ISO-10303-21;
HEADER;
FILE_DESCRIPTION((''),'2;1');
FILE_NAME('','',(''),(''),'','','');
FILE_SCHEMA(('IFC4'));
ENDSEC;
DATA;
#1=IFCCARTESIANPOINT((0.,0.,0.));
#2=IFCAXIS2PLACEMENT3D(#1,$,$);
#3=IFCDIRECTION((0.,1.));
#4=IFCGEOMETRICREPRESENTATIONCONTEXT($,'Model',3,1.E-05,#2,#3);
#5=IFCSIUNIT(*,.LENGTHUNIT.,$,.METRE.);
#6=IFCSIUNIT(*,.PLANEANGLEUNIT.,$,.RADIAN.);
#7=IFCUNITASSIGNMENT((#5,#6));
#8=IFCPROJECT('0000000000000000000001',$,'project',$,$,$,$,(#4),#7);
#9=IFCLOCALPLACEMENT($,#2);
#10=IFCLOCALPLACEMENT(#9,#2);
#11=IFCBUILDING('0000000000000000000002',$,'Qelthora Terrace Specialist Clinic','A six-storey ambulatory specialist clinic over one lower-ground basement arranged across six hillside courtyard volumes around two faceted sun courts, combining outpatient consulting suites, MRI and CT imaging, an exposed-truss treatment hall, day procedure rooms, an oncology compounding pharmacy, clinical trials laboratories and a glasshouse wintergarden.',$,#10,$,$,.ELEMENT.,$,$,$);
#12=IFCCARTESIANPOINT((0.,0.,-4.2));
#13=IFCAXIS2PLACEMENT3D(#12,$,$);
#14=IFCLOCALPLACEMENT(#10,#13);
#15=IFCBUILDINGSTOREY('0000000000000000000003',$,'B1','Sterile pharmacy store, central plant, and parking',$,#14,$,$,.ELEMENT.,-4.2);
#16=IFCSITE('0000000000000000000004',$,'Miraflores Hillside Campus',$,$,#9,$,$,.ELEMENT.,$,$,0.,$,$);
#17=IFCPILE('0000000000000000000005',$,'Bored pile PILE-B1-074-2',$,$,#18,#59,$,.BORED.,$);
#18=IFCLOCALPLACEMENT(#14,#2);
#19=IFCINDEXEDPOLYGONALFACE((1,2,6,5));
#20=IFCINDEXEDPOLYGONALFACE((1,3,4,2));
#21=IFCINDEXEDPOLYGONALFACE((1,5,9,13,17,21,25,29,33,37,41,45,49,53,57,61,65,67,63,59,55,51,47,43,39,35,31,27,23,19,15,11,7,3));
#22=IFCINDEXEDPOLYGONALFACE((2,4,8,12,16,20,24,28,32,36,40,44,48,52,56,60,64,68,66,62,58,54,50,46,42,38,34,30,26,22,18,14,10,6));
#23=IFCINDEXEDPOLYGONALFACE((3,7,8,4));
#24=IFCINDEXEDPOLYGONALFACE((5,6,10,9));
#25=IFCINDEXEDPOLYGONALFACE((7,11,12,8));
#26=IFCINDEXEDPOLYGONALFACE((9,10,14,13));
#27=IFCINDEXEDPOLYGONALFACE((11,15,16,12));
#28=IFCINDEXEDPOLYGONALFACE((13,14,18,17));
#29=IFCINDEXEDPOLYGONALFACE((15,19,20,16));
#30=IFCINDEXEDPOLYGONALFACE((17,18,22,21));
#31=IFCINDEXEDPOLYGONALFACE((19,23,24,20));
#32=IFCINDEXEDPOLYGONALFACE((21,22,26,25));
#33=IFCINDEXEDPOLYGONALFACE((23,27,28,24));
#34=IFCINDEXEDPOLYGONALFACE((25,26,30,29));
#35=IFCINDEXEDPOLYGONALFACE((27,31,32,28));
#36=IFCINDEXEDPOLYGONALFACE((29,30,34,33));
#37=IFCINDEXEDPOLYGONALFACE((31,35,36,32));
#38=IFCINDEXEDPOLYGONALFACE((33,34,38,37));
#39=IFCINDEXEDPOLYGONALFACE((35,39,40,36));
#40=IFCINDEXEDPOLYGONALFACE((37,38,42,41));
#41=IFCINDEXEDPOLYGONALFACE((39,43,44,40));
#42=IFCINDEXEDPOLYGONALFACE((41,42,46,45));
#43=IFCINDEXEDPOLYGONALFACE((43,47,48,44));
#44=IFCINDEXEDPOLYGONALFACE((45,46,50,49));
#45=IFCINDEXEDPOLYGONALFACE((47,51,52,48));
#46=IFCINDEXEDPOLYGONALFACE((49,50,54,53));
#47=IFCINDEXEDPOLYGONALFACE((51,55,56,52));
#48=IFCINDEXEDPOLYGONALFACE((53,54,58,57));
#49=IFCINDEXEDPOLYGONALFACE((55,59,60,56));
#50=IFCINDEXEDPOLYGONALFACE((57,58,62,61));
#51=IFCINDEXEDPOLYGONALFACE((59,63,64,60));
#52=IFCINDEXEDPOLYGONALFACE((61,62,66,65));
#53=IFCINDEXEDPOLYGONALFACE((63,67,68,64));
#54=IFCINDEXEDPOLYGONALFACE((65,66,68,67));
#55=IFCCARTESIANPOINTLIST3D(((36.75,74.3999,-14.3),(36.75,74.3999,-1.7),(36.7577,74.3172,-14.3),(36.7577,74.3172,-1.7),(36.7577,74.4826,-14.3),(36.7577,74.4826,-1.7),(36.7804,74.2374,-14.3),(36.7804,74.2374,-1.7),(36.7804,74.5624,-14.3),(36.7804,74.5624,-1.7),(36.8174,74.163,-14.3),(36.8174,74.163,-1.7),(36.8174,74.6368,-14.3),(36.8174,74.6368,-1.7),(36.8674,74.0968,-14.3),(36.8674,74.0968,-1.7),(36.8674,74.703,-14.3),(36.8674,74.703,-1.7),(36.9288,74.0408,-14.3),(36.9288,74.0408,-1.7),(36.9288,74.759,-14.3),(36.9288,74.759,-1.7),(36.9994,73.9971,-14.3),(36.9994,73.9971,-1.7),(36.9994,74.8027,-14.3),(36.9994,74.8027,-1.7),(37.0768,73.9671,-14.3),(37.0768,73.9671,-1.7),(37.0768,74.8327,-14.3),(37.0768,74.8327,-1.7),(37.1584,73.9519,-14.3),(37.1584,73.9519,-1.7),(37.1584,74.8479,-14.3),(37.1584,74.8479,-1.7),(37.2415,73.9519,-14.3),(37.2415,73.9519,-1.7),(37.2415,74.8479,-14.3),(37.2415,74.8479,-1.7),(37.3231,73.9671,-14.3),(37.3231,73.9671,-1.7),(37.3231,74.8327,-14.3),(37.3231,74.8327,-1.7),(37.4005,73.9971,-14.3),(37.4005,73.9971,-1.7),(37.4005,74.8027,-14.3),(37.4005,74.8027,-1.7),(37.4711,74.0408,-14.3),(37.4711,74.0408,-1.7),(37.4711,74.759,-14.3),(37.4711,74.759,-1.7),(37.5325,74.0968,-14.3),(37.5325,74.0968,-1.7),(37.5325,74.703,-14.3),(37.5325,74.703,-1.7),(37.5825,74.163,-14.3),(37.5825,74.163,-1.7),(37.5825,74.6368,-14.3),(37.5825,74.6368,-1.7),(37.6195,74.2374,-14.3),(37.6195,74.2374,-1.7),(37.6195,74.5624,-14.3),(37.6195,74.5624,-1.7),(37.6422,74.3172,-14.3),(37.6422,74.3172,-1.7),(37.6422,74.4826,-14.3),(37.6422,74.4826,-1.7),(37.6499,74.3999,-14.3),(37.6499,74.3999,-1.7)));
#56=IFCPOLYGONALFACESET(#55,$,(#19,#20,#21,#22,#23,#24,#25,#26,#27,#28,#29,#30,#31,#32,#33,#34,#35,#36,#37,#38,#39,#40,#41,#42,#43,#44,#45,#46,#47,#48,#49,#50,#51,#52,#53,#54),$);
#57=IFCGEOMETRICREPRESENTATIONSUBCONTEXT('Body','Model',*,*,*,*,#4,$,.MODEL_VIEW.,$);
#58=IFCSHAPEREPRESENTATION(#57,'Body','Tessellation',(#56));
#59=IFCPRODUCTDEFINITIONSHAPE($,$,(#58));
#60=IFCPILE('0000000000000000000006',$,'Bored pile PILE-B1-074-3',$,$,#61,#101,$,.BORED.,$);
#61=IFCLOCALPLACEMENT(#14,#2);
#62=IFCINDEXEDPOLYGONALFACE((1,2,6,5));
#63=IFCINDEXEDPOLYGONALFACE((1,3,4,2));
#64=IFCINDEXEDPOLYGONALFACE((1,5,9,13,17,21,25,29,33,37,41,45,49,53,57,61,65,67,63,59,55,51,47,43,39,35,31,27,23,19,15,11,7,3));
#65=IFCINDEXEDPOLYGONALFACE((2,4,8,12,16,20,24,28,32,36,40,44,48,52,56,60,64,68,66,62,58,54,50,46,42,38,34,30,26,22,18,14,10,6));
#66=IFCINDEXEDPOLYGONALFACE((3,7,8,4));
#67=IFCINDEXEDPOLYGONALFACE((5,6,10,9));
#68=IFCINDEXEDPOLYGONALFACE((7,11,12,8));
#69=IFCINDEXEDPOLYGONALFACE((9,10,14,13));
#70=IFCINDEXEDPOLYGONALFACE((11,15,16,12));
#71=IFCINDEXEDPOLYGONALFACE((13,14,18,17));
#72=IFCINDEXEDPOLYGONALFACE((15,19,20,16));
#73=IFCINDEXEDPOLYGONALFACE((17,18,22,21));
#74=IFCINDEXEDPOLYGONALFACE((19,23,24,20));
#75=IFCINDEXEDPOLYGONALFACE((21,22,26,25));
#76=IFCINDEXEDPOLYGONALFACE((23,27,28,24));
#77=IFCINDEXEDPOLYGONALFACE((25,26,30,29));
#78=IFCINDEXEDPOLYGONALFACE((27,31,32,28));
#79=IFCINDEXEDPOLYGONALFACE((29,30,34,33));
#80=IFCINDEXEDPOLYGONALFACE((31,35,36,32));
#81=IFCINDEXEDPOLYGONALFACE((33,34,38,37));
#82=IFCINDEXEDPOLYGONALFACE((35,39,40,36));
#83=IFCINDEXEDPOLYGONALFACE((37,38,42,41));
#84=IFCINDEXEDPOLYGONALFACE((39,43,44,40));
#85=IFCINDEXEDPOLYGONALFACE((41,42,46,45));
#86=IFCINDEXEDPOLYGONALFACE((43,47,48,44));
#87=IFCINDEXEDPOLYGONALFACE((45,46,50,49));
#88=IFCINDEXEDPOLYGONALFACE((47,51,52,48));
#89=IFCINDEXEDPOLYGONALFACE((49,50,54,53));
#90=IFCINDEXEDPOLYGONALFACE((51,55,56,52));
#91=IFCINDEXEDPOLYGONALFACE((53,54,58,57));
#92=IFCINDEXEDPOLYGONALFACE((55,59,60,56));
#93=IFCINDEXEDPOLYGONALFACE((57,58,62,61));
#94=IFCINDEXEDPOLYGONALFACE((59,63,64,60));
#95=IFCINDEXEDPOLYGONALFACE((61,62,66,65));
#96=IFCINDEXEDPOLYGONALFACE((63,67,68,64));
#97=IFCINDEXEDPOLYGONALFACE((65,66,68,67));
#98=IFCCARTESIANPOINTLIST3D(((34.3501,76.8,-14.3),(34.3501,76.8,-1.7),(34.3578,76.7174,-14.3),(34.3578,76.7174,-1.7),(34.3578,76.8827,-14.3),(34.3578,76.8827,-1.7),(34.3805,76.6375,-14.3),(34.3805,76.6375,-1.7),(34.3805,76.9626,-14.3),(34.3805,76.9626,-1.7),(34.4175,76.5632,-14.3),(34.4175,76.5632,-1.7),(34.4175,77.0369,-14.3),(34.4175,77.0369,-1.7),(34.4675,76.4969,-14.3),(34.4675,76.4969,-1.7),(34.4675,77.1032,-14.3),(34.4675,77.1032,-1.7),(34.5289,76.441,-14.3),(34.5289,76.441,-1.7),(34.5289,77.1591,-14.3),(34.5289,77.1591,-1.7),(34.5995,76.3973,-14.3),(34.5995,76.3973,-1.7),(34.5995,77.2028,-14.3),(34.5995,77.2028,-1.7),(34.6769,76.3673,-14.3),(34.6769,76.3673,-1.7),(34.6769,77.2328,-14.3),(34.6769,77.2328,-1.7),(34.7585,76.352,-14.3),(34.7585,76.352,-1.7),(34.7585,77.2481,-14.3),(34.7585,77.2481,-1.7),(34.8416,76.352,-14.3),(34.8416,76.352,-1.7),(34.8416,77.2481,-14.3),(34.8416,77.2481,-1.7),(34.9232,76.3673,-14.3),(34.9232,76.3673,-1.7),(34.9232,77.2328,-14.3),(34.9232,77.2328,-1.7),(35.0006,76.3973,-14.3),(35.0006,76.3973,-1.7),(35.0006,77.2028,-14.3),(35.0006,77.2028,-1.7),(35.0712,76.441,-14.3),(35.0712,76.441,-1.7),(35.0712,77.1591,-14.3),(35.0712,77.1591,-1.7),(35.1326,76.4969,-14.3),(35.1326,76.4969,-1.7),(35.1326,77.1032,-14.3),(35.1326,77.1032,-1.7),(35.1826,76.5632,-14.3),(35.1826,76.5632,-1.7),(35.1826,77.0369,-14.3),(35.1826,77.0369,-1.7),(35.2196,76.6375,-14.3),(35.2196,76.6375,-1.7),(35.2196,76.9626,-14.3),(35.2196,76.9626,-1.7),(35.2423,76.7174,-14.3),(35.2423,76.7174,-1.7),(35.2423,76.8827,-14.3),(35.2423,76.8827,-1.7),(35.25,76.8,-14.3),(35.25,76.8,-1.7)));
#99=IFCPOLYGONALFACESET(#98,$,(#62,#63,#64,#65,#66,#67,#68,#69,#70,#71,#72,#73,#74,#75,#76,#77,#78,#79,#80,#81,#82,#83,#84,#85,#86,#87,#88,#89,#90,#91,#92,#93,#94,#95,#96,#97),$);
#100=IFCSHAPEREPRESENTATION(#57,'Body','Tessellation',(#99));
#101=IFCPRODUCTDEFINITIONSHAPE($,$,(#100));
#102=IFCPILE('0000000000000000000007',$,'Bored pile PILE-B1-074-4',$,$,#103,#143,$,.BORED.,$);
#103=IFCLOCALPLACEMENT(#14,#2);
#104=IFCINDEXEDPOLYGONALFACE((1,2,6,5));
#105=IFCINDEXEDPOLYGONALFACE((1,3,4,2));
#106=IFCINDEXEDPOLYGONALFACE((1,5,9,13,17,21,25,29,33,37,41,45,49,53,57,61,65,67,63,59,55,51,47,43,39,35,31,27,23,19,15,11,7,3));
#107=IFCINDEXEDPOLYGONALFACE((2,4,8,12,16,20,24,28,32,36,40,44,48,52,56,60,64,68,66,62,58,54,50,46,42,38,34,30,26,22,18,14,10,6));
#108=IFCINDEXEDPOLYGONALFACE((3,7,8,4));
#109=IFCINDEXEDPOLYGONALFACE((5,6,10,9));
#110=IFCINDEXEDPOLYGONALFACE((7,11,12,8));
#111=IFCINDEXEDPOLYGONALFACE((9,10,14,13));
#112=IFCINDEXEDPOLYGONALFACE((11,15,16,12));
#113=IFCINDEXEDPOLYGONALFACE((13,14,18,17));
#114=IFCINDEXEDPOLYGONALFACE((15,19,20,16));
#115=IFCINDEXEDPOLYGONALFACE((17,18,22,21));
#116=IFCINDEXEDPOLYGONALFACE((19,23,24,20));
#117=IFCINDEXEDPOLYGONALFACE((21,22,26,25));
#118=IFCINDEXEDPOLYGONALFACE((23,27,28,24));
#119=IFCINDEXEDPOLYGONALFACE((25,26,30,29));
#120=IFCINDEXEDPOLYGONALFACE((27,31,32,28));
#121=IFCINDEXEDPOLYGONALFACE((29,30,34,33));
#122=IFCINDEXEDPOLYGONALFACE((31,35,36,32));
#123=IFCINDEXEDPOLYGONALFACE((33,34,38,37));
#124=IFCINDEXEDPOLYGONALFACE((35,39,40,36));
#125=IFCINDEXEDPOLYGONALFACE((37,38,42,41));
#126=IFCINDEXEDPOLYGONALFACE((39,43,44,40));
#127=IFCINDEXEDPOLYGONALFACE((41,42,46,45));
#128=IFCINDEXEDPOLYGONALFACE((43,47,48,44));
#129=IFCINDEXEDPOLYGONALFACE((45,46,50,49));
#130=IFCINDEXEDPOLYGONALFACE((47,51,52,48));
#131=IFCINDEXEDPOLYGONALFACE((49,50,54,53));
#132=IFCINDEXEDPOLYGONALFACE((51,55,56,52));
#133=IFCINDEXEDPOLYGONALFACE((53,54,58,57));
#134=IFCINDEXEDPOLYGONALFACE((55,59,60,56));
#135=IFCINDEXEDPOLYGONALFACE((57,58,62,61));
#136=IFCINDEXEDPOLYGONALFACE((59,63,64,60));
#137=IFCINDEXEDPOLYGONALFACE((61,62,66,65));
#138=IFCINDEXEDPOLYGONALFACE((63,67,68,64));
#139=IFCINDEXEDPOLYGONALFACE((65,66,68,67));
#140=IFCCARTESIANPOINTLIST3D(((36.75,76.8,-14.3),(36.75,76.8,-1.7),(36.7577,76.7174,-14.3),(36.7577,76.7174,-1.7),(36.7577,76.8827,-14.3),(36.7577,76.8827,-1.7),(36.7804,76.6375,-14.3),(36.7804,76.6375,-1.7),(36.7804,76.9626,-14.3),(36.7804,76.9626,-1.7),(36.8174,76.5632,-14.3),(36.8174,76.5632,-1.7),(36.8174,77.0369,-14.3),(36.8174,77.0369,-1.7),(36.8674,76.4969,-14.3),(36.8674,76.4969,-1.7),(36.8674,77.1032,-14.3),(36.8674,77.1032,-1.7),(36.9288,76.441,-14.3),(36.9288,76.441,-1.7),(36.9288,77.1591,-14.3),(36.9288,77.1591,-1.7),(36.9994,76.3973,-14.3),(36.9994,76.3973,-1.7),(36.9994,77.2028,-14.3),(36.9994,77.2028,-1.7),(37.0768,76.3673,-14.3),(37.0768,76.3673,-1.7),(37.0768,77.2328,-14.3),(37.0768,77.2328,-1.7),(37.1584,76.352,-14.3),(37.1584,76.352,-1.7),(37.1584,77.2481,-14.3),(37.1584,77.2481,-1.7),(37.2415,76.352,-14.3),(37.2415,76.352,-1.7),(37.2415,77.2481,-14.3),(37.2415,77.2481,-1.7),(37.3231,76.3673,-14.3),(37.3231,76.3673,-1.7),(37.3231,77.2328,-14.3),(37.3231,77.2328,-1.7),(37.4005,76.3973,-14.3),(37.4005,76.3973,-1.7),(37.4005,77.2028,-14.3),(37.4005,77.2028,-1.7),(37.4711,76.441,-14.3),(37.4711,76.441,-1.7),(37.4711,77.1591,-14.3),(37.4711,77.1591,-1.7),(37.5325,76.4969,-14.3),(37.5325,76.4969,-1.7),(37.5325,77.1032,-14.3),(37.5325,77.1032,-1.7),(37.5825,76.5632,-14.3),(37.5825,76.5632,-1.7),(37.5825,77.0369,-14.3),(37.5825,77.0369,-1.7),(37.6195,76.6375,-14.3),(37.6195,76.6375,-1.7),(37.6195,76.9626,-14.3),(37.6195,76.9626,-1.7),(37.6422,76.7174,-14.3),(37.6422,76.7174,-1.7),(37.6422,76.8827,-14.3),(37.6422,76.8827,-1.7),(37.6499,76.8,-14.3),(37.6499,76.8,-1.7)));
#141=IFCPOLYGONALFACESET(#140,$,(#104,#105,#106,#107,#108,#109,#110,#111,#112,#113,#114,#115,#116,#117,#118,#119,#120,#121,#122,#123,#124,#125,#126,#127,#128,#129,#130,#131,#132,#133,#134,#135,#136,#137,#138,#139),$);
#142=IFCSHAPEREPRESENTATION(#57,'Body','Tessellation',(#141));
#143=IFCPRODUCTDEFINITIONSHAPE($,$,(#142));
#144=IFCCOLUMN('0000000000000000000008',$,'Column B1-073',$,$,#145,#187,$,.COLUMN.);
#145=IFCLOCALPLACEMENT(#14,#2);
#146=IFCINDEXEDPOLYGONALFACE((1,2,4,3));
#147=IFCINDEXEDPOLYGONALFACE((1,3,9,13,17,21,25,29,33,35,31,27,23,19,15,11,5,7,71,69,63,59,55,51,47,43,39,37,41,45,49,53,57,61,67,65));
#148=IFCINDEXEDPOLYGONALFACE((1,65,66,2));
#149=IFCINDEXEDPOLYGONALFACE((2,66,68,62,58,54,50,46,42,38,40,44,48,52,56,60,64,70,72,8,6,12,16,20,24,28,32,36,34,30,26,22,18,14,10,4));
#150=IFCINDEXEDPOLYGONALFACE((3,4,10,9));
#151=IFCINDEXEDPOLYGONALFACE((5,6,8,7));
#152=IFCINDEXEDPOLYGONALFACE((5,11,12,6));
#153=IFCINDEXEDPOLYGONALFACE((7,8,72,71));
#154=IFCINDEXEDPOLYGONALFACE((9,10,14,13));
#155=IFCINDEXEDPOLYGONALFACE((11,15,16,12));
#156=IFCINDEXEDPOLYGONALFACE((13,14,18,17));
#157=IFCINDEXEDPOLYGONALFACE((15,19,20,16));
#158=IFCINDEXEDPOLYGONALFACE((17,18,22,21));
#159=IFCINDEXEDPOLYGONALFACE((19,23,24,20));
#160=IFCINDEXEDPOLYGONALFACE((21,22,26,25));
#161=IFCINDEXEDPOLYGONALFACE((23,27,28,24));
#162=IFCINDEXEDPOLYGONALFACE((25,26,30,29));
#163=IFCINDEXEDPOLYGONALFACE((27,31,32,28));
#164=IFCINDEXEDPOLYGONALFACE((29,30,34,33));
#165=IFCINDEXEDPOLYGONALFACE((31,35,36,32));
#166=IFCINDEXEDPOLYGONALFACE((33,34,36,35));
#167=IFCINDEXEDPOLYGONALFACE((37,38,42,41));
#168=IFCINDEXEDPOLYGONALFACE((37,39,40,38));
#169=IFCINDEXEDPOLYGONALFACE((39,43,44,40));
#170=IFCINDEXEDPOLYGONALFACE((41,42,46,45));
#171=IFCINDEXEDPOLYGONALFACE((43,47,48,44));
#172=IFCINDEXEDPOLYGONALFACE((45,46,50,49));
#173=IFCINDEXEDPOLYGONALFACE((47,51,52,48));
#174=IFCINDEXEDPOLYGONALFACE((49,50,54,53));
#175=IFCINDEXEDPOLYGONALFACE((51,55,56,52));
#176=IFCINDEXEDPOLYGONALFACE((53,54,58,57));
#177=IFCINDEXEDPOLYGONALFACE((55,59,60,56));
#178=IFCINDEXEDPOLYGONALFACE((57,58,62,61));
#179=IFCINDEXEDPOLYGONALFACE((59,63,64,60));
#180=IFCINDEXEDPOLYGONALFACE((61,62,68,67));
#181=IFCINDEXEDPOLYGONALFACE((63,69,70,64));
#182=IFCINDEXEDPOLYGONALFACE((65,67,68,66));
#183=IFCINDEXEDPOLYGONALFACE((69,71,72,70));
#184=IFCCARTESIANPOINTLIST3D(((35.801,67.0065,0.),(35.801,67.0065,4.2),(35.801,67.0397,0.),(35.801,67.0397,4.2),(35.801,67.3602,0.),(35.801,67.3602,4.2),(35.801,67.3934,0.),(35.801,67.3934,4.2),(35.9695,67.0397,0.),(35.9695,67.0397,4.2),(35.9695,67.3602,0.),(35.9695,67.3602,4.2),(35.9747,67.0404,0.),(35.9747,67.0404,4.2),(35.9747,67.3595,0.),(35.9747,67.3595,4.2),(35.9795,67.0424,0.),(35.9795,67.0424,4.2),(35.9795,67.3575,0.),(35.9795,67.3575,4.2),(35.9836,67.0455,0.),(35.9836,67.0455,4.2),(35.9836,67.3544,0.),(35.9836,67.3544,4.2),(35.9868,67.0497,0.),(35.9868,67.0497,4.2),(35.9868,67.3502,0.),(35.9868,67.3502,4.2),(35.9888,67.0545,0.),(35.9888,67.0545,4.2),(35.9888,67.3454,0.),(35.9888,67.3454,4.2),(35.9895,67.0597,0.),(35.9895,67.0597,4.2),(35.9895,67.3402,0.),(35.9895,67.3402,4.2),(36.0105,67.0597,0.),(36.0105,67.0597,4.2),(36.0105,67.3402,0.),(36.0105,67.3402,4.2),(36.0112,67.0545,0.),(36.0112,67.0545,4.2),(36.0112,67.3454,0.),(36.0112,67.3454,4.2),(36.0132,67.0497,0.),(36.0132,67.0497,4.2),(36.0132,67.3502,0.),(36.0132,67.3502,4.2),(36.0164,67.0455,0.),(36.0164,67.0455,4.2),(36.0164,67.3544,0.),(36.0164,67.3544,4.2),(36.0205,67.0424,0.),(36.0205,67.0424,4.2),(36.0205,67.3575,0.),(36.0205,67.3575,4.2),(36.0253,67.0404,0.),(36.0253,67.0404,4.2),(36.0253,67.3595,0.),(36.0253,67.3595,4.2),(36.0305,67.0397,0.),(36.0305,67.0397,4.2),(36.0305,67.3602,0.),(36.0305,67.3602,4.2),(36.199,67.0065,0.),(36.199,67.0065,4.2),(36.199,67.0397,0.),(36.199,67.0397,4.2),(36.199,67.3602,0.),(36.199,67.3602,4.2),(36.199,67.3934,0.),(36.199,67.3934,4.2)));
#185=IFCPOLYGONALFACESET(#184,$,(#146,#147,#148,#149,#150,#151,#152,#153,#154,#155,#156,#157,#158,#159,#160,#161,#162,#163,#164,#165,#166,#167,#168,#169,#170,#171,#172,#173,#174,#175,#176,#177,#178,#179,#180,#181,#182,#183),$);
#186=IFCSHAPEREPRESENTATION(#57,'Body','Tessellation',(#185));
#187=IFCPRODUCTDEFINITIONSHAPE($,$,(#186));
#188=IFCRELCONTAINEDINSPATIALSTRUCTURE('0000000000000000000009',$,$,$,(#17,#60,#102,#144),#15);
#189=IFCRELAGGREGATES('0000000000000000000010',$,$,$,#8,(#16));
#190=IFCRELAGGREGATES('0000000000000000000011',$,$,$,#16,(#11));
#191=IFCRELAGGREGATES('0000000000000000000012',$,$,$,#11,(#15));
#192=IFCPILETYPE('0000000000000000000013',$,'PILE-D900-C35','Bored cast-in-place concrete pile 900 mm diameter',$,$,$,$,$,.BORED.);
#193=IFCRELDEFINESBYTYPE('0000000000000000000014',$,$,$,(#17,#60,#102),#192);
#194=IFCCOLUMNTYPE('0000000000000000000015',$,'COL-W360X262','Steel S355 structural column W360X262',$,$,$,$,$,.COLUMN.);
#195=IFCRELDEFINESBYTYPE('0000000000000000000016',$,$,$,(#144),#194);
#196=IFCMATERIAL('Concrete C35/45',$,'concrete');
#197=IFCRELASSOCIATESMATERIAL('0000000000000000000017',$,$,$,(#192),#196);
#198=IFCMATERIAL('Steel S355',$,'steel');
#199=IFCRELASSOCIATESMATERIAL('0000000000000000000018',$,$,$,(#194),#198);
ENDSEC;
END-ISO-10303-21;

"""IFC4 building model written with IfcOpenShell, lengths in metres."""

from ifc_helpers import new_model, si_unit, direction, frame, origin, origin_2d, place, context, subcontext, project, spatial, circle, i_section, extrude, material, material_profile, profile_set, type_object, element, save


model = new_model("IFC4")

# Units and contexts
model_context = context("Model", 3, precision=1e-05, world=origin(), true_north=direction((0.0, 1.0)))
body_context = subcontext(model_context, "Body", "Model", "MODEL_VIEW")
ifc_project = project(units=[si_unit("LENGTHUNIT", "METRE"), si_unit("PLANEANGLEUNIT", "RADIAN")], contexts=[model_context])

# Site, building, storey
site_placement = place(None, origin())
site = spatial("IfcSite", under=ifc_project, at=site_placement, Name="Miraflores Hillside Campus", CompositionType="ELEMENT", RefElevation=0.0)
building_placement = place(site_placement, origin())
building = spatial("IfcBuilding", under=site, at=building_placement, Name="Qelthora Terrace Specialist Clinic", Description="A six-storey ambulatory specialist clinic over one lower-ground basement arranged across six hillside courtyard volumes around two faceted sun courts, combining outpatient consulting suites, MRI and CT imaging, an exposed-truss treatment hall, day procedure rooms, an oncology compounding pharmacy, clinical trials laboratories and a glasshouse wintergarden.", CompositionType="ELEMENT")
storey_placement = place(building_placement, frame((0.0, 0.0, -4.2)))
storey = spatial("IfcBuildingStorey", under=building, at=storey_placement, Name="B1", Description="Sterile pharmacy store, central plant, and parking", CompositionType="ELEMENT", Elevation=-4.2)

# Shared definitions
ifc_material_1 = material(Name="Concrete C35/45", Category="concrete")

# Piles
ifc_material_profile_1 = material_profile(ifc_material_1, circle(Radius=0.45, at=origin_2d()), Name="PILE900")
ifc_profile_set_1 = profile_set([ifc_material_profile_1], Name="Concrete C35/45")
pile_type_1 = type_object("IfcPileType", Name="PILE-D900-C35", Description="Bored cast-in-place concrete pile 900 mm diameter", PredefinedType="BORED", material=ifc_profile_set_1)
for number, where, z_axis, x_axis, name in (
    (1, (37.2, 74.3999, -1.7), (0.0, 0.0, -1.0), (1.0, 0.0, 0.0), "Bored pile PILE-B1-074-2"),
    (2, (34.8, 76.8, -1.7), (0.0, 0.0, -1.0), (1.0, 0.0, 0.0), "Bored pile PILE-B1-074-3"),
    (3, (37.2, 76.8, -1.7), (0.0, 0.0, -1.0), (1.0, 0.0, 0.0), "Bored pile PILE-B1-074-4"),
):
    element("IfcPile", number, at=place(storey_placement, frame(where, z_axis=z_axis, x_axis=x_axis)), inside=storey, type_object=pile_type_1, Name=name, PredefinedType="BORED", context=body_context, shape_type="SweptSolid", body=[
        extrude(circle(Radius=0.45, at=origin_2d()), origin(), (0.0, 0.0, 1.0), 12.6001),
    ])

# Column
ifc_material_2 = material(Name="Steel S355", Category="steel")
ifc_material_profile_2 = material_profile(ifc_material_2, i_section(OverallWidth=0.3979, OverallDepth=0.387, WebThickness=0.021, FlangeThickness=0.0332, FilletRadius=0.02, at=origin_2d()), Name="W360X262")
ifc_profile_set_2 = profile_set([ifc_material_profile_2], Name="Steel S355")
column_type_1 = type_object("IfcColumnType", Name="COL-W360X262", Description="Steel S355 structural column W360X262", PredefinedType="COLUMN", material=ifc_profile_set_2)
column_1_placement = place(storey_placement, frame((36.0, 67.2, 0.0), z_axis=(0.0, 0.0, 1.0), x_axis=(1.0, 0.0, 0.0)))
element("IfcColumn", 4, at=column_1_placement, inside=storey, type_object=column_type_1, Name="Column B1-073", PredefinedType="COLUMN", context=body_context, shape_type="SweptSolid", body=[
    extrude(i_section(OverallWidth=0.3979, OverallDepth=0.387, WebThickness=0.021, FlangeThickness=0.0332, FilletRadius=0.02, at=origin_2d()), origin(), (0.0, 0.0, 1.0), 4.2),
])

save(model, "model.ifc")
